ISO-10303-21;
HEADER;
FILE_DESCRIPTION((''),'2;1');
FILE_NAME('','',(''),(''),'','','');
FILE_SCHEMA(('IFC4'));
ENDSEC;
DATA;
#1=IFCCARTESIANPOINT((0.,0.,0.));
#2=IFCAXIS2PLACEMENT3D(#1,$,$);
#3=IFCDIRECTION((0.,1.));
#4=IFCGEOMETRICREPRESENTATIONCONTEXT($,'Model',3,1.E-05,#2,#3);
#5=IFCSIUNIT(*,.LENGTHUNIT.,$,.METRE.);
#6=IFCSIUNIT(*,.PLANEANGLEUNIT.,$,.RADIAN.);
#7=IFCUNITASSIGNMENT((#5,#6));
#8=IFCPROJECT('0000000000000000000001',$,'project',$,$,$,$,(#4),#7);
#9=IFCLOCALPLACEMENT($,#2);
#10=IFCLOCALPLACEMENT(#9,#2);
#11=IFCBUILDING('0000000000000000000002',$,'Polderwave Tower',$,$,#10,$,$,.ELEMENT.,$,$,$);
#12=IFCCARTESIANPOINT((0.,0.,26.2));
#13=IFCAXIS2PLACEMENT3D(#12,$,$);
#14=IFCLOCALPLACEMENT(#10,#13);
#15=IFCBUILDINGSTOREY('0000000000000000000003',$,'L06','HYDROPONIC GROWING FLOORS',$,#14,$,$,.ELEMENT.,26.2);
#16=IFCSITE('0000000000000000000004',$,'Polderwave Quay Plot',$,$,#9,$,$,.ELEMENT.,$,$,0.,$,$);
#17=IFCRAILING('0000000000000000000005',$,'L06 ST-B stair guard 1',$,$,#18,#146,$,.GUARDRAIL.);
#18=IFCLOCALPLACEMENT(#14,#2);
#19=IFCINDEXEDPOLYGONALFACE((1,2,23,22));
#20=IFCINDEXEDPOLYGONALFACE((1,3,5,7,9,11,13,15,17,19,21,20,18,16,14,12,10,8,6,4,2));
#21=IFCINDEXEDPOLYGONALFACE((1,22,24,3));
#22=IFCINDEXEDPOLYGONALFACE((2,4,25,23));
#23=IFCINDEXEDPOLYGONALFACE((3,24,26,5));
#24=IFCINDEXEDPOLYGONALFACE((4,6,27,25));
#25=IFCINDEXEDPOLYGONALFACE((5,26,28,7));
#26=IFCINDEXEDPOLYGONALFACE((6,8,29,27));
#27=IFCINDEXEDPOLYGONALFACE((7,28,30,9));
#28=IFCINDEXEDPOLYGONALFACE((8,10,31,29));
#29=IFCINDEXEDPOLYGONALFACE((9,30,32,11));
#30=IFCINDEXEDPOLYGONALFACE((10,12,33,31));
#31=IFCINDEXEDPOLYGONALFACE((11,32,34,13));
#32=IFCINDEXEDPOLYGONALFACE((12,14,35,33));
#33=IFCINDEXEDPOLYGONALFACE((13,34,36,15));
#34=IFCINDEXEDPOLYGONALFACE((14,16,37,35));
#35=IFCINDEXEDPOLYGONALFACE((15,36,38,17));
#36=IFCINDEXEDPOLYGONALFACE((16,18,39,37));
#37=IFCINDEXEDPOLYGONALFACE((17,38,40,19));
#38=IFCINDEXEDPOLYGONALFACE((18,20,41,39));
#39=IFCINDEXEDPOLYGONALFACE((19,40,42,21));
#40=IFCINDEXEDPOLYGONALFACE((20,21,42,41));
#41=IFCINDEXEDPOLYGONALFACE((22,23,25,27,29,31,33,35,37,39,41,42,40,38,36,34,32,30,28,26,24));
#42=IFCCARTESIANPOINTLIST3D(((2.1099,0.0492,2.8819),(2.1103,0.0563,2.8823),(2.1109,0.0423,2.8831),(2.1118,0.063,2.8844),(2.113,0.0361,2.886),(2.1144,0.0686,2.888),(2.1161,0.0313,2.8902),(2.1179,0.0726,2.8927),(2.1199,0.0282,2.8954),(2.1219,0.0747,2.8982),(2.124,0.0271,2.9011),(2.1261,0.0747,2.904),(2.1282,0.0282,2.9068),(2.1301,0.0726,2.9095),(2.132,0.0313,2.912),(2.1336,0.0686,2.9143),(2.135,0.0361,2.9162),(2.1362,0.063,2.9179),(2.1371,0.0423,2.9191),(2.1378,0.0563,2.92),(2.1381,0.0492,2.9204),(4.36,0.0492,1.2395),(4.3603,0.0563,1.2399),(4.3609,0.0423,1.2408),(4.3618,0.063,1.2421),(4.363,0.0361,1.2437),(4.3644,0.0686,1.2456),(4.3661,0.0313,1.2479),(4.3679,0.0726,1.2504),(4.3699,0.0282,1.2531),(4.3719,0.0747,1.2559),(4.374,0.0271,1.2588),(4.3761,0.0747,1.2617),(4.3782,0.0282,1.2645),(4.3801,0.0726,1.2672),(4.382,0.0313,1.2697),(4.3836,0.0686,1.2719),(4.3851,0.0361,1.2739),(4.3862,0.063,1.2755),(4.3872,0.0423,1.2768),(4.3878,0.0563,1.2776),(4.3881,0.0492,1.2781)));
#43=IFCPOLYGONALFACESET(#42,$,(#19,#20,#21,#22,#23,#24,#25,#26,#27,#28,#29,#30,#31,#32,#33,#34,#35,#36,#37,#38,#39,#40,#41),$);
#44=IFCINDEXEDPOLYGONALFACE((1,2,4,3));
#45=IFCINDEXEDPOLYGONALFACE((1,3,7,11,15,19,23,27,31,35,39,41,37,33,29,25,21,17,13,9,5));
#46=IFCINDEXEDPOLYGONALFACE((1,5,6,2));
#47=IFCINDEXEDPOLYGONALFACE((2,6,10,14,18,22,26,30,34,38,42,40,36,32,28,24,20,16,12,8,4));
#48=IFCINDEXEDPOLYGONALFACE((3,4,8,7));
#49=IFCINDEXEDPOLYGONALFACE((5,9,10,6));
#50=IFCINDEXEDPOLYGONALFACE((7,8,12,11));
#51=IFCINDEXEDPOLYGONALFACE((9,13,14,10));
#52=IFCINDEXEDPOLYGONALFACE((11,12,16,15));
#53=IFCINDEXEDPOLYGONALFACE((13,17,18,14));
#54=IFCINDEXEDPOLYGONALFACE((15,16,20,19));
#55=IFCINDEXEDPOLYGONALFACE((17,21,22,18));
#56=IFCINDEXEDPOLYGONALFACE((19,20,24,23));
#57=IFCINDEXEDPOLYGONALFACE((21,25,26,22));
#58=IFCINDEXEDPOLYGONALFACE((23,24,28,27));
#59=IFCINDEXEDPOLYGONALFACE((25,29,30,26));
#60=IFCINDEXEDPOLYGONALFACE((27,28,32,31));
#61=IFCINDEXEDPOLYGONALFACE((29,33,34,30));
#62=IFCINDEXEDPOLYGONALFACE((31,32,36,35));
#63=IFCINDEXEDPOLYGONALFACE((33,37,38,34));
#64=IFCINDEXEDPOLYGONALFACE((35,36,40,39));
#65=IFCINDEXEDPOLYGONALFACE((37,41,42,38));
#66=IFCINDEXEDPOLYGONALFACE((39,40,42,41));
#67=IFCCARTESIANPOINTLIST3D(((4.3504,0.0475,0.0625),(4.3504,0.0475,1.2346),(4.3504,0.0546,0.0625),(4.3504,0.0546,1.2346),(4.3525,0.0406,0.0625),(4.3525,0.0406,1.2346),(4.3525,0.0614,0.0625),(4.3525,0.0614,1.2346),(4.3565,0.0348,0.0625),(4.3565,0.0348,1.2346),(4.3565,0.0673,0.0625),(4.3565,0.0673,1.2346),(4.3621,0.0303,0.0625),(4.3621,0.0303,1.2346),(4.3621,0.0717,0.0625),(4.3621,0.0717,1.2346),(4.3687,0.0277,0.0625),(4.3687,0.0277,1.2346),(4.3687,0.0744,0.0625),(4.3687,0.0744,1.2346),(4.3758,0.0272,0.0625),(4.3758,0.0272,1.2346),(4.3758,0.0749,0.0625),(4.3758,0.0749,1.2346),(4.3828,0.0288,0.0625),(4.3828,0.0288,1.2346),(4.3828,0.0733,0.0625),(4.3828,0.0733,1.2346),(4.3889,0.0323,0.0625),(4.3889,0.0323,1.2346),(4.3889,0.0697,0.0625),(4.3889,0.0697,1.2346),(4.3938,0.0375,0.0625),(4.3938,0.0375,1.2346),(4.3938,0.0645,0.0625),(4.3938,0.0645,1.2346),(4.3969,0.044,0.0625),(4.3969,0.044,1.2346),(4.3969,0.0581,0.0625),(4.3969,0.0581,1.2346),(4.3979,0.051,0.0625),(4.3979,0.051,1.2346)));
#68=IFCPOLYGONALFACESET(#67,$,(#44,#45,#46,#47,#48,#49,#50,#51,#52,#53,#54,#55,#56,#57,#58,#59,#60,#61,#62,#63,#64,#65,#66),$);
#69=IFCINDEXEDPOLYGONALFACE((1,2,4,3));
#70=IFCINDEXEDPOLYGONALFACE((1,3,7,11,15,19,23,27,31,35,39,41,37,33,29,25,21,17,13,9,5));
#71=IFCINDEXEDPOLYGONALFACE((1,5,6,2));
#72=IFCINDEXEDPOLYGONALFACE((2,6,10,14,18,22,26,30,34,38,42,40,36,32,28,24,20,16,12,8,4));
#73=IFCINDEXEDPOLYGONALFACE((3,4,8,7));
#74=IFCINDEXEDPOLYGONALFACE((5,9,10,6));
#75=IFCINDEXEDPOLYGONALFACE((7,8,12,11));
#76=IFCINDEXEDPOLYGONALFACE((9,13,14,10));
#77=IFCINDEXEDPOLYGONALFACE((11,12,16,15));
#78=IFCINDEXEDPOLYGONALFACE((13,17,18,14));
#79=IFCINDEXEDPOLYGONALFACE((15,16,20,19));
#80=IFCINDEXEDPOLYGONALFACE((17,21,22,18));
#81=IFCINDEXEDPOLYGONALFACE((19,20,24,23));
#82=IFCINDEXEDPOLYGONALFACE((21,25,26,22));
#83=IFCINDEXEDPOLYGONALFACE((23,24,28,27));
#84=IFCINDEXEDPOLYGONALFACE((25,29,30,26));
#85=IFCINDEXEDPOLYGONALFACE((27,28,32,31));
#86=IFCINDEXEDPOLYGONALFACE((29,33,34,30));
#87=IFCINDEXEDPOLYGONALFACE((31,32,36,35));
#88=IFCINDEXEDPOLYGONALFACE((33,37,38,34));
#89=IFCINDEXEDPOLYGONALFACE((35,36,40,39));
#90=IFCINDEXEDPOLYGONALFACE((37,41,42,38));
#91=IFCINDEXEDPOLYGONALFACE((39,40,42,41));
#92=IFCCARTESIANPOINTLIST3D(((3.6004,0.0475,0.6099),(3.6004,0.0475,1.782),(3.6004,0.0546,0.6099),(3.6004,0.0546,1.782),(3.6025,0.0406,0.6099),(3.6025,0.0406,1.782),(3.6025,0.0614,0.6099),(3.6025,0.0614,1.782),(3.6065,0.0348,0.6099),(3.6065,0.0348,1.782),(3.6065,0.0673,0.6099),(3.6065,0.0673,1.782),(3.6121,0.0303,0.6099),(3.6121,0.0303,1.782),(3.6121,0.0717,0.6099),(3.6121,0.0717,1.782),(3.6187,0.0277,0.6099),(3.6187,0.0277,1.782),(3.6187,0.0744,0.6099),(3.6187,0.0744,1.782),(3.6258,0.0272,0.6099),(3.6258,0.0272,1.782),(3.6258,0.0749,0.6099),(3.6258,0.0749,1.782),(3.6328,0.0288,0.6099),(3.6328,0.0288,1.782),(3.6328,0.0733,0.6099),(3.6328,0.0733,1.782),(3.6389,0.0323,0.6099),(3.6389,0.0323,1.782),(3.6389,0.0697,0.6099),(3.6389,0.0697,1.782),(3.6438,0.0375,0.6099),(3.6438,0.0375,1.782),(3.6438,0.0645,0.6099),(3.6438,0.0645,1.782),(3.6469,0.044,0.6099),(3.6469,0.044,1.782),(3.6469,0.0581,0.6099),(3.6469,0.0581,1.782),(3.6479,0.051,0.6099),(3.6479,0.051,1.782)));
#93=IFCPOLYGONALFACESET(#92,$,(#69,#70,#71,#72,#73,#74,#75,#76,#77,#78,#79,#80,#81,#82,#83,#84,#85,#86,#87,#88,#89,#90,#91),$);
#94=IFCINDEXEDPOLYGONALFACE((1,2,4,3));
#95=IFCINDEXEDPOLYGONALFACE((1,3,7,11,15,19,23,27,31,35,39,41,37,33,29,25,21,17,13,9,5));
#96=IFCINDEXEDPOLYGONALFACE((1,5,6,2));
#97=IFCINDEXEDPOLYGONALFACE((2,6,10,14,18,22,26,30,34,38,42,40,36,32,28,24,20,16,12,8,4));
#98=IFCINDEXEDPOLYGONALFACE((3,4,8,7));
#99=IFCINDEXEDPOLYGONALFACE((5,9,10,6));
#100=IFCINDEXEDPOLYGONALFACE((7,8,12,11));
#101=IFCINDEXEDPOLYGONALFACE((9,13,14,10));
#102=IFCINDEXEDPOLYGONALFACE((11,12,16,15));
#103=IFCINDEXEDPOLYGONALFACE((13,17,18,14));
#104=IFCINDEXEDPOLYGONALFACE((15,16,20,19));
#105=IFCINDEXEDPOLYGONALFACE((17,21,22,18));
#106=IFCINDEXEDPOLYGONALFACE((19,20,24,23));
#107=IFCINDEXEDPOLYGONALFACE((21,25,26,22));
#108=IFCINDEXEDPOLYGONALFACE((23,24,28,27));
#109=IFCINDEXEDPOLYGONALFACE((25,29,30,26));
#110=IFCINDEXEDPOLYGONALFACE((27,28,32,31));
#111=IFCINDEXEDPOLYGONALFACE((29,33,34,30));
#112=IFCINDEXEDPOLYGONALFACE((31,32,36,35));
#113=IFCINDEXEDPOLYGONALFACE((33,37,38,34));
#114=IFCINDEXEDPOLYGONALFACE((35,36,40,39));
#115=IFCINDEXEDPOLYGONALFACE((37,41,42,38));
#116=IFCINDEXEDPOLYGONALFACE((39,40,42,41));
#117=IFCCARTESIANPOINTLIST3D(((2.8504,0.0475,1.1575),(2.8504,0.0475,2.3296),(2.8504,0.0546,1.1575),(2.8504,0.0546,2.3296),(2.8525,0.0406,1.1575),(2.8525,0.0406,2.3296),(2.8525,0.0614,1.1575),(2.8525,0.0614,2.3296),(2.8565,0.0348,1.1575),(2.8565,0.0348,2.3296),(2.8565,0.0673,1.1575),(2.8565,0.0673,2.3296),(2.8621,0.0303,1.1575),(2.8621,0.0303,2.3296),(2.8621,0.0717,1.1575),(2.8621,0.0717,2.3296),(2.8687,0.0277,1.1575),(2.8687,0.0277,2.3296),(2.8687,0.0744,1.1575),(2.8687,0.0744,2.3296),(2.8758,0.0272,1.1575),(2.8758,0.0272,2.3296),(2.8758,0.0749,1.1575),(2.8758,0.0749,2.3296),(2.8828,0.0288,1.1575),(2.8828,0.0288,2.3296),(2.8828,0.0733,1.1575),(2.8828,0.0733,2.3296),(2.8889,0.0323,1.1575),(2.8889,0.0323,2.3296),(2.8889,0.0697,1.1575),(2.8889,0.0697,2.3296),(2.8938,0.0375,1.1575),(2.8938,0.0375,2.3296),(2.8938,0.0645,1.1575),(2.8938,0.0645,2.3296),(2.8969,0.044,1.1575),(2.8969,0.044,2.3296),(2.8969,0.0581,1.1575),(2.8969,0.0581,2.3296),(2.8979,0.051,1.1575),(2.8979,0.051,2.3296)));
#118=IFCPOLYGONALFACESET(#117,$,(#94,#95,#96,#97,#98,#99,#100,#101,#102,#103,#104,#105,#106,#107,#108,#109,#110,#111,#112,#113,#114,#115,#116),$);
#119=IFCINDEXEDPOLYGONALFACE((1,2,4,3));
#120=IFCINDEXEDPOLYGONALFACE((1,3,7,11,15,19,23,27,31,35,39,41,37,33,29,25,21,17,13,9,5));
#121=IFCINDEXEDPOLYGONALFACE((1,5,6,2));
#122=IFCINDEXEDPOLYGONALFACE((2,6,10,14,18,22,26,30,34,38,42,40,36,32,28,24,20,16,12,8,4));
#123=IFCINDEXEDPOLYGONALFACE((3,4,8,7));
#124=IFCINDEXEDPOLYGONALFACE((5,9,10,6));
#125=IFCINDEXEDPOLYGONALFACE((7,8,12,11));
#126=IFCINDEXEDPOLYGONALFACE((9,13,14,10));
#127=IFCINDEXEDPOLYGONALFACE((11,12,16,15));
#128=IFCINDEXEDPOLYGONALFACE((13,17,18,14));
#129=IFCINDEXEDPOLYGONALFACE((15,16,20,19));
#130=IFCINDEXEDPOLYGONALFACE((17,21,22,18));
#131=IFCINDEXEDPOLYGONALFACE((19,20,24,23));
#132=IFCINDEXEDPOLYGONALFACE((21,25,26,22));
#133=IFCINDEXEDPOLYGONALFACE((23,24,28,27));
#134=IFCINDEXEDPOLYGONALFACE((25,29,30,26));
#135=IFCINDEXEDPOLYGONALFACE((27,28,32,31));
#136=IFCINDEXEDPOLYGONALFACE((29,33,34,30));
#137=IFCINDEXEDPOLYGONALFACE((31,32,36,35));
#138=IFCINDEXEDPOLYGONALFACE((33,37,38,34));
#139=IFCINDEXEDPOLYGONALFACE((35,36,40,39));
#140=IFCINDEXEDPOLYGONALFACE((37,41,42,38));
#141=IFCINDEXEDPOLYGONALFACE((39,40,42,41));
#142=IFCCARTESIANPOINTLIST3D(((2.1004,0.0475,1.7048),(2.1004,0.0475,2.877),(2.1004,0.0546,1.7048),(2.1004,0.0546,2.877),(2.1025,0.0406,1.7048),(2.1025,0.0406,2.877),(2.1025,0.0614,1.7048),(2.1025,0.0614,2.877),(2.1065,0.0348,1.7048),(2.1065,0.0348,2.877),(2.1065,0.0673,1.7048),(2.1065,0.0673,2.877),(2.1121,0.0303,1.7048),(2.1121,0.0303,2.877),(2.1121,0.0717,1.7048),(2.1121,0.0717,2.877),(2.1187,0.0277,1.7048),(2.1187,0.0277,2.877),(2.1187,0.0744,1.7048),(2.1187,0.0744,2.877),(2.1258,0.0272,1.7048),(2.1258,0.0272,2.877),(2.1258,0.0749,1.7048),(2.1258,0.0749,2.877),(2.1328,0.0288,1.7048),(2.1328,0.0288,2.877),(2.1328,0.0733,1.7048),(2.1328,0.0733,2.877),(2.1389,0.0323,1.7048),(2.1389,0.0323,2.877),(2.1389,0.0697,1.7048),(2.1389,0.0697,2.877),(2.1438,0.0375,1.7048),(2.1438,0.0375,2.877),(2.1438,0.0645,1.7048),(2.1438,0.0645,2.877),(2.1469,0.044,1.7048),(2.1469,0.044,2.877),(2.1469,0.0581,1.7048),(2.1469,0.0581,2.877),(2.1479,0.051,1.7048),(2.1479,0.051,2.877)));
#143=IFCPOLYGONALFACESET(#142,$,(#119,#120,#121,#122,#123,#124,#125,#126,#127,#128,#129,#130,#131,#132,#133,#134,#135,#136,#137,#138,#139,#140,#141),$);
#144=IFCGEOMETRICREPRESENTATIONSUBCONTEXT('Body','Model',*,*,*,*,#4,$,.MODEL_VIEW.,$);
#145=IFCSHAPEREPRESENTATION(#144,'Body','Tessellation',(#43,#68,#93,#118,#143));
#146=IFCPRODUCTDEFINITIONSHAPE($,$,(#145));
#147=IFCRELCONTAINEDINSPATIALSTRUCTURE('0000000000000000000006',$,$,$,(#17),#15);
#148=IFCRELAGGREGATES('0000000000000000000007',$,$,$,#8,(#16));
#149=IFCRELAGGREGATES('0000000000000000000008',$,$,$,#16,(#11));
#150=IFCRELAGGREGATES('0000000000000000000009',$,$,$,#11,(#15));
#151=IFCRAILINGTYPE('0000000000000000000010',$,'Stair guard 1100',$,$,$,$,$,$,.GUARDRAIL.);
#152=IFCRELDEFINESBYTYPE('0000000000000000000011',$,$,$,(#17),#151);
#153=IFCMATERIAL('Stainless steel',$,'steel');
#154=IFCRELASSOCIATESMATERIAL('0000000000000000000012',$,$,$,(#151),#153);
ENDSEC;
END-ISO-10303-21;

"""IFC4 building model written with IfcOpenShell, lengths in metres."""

from ifc_helpers import new_model, si_unit, direction, frame, origin, origin_2d, place, context, subcontext, project, spatial, circle, extrude, material, type_object, element, save


model = new_model("IFC4")

# Units and contexts
model_context = context("Model", 3, precision=1e-05, world=origin(), true_north=direction((0.0, 1.0)))
body_context = subcontext(model_context, "Body", "Model", "MODEL_VIEW")
ifc_project = project(units=[si_unit("LENGTHUNIT", "METRE"), si_unit("PLANEANGLEUNIT", "RADIAN")], contexts=[model_context])

# Site, building, storey
site_placement = place(None, origin())
site = spatial("IfcSite", under=ifc_project, at=site_placement, Name="Polderwave Quay Plot", CompositionType="ELEMENT", RefElevation=0.0)
building_placement = place(site_placement, origin())
building = spatial("IfcBuilding", under=site, at=building_placement, Name="Polderwave Tower", CompositionType="ELEMENT")
storey_placement = place(building_placement, frame((0.0, 0.0, 26.2)))
storey = spatial("IfcBuildingStorey", under=building, at=storey_placement, Name="L06", Description="HYDROPONIC GROWING FLOORS", CompositionType="ELEMENT", Elevation=26.2)

# Railing
ifc_material_1 = material(Name="Stainless steel", Category="steel")
railing_type_1 = type_object("IfcRailingType", Name="Stair guard 1100", PredefinedType="GUARDRAIL", material=ifc_material_1)
railing_1_placement = place(storey_placement, frame((4.374, 0.051, 0.0625)))
element("IfcRailing", 1, at=railing_1_placement, inside=storey, type_object=railing_type_1, Name="L06 ST-B stair guard 1", PredefinedType="GUARDRAIL", context=body_context, shape_type="SweptSolid", body=[
    extrude(circle(Radius=0.0239, at=origin_2d()), frame((0.0, 0.0, 1.1963), z_axis=(-0.807715, 0.0, 0.589573), x_axis=(0.0, -1.0, 0.0)), (0.0, 0.0, 1.0), 2.7856),
    extrude(circle(Radius=0.0239, at=origin_2d()), origin(), (0.0, 0.0, 1.0), 1.1721),
    extrude(circle(Radius=0.0239, at=origin_2d()), frame((-0.75, 0.0, 0.5474)), (0.0, 0.0, 1.0), 1.1721),
    extrude(circle(Radius=0.0239, at=origin_2d()), frame((-1.5, 0.0, 1.095)), (0.0, 0.0, 1.0), 1.1721),
    extrude(circle(Radius=0.0239, at=origin_2d()), frame((-2.25, 0.0, 1.6423)), (0.0, 0.0, 1.0), 1.1721),
])

save(model, "model.ifc")
